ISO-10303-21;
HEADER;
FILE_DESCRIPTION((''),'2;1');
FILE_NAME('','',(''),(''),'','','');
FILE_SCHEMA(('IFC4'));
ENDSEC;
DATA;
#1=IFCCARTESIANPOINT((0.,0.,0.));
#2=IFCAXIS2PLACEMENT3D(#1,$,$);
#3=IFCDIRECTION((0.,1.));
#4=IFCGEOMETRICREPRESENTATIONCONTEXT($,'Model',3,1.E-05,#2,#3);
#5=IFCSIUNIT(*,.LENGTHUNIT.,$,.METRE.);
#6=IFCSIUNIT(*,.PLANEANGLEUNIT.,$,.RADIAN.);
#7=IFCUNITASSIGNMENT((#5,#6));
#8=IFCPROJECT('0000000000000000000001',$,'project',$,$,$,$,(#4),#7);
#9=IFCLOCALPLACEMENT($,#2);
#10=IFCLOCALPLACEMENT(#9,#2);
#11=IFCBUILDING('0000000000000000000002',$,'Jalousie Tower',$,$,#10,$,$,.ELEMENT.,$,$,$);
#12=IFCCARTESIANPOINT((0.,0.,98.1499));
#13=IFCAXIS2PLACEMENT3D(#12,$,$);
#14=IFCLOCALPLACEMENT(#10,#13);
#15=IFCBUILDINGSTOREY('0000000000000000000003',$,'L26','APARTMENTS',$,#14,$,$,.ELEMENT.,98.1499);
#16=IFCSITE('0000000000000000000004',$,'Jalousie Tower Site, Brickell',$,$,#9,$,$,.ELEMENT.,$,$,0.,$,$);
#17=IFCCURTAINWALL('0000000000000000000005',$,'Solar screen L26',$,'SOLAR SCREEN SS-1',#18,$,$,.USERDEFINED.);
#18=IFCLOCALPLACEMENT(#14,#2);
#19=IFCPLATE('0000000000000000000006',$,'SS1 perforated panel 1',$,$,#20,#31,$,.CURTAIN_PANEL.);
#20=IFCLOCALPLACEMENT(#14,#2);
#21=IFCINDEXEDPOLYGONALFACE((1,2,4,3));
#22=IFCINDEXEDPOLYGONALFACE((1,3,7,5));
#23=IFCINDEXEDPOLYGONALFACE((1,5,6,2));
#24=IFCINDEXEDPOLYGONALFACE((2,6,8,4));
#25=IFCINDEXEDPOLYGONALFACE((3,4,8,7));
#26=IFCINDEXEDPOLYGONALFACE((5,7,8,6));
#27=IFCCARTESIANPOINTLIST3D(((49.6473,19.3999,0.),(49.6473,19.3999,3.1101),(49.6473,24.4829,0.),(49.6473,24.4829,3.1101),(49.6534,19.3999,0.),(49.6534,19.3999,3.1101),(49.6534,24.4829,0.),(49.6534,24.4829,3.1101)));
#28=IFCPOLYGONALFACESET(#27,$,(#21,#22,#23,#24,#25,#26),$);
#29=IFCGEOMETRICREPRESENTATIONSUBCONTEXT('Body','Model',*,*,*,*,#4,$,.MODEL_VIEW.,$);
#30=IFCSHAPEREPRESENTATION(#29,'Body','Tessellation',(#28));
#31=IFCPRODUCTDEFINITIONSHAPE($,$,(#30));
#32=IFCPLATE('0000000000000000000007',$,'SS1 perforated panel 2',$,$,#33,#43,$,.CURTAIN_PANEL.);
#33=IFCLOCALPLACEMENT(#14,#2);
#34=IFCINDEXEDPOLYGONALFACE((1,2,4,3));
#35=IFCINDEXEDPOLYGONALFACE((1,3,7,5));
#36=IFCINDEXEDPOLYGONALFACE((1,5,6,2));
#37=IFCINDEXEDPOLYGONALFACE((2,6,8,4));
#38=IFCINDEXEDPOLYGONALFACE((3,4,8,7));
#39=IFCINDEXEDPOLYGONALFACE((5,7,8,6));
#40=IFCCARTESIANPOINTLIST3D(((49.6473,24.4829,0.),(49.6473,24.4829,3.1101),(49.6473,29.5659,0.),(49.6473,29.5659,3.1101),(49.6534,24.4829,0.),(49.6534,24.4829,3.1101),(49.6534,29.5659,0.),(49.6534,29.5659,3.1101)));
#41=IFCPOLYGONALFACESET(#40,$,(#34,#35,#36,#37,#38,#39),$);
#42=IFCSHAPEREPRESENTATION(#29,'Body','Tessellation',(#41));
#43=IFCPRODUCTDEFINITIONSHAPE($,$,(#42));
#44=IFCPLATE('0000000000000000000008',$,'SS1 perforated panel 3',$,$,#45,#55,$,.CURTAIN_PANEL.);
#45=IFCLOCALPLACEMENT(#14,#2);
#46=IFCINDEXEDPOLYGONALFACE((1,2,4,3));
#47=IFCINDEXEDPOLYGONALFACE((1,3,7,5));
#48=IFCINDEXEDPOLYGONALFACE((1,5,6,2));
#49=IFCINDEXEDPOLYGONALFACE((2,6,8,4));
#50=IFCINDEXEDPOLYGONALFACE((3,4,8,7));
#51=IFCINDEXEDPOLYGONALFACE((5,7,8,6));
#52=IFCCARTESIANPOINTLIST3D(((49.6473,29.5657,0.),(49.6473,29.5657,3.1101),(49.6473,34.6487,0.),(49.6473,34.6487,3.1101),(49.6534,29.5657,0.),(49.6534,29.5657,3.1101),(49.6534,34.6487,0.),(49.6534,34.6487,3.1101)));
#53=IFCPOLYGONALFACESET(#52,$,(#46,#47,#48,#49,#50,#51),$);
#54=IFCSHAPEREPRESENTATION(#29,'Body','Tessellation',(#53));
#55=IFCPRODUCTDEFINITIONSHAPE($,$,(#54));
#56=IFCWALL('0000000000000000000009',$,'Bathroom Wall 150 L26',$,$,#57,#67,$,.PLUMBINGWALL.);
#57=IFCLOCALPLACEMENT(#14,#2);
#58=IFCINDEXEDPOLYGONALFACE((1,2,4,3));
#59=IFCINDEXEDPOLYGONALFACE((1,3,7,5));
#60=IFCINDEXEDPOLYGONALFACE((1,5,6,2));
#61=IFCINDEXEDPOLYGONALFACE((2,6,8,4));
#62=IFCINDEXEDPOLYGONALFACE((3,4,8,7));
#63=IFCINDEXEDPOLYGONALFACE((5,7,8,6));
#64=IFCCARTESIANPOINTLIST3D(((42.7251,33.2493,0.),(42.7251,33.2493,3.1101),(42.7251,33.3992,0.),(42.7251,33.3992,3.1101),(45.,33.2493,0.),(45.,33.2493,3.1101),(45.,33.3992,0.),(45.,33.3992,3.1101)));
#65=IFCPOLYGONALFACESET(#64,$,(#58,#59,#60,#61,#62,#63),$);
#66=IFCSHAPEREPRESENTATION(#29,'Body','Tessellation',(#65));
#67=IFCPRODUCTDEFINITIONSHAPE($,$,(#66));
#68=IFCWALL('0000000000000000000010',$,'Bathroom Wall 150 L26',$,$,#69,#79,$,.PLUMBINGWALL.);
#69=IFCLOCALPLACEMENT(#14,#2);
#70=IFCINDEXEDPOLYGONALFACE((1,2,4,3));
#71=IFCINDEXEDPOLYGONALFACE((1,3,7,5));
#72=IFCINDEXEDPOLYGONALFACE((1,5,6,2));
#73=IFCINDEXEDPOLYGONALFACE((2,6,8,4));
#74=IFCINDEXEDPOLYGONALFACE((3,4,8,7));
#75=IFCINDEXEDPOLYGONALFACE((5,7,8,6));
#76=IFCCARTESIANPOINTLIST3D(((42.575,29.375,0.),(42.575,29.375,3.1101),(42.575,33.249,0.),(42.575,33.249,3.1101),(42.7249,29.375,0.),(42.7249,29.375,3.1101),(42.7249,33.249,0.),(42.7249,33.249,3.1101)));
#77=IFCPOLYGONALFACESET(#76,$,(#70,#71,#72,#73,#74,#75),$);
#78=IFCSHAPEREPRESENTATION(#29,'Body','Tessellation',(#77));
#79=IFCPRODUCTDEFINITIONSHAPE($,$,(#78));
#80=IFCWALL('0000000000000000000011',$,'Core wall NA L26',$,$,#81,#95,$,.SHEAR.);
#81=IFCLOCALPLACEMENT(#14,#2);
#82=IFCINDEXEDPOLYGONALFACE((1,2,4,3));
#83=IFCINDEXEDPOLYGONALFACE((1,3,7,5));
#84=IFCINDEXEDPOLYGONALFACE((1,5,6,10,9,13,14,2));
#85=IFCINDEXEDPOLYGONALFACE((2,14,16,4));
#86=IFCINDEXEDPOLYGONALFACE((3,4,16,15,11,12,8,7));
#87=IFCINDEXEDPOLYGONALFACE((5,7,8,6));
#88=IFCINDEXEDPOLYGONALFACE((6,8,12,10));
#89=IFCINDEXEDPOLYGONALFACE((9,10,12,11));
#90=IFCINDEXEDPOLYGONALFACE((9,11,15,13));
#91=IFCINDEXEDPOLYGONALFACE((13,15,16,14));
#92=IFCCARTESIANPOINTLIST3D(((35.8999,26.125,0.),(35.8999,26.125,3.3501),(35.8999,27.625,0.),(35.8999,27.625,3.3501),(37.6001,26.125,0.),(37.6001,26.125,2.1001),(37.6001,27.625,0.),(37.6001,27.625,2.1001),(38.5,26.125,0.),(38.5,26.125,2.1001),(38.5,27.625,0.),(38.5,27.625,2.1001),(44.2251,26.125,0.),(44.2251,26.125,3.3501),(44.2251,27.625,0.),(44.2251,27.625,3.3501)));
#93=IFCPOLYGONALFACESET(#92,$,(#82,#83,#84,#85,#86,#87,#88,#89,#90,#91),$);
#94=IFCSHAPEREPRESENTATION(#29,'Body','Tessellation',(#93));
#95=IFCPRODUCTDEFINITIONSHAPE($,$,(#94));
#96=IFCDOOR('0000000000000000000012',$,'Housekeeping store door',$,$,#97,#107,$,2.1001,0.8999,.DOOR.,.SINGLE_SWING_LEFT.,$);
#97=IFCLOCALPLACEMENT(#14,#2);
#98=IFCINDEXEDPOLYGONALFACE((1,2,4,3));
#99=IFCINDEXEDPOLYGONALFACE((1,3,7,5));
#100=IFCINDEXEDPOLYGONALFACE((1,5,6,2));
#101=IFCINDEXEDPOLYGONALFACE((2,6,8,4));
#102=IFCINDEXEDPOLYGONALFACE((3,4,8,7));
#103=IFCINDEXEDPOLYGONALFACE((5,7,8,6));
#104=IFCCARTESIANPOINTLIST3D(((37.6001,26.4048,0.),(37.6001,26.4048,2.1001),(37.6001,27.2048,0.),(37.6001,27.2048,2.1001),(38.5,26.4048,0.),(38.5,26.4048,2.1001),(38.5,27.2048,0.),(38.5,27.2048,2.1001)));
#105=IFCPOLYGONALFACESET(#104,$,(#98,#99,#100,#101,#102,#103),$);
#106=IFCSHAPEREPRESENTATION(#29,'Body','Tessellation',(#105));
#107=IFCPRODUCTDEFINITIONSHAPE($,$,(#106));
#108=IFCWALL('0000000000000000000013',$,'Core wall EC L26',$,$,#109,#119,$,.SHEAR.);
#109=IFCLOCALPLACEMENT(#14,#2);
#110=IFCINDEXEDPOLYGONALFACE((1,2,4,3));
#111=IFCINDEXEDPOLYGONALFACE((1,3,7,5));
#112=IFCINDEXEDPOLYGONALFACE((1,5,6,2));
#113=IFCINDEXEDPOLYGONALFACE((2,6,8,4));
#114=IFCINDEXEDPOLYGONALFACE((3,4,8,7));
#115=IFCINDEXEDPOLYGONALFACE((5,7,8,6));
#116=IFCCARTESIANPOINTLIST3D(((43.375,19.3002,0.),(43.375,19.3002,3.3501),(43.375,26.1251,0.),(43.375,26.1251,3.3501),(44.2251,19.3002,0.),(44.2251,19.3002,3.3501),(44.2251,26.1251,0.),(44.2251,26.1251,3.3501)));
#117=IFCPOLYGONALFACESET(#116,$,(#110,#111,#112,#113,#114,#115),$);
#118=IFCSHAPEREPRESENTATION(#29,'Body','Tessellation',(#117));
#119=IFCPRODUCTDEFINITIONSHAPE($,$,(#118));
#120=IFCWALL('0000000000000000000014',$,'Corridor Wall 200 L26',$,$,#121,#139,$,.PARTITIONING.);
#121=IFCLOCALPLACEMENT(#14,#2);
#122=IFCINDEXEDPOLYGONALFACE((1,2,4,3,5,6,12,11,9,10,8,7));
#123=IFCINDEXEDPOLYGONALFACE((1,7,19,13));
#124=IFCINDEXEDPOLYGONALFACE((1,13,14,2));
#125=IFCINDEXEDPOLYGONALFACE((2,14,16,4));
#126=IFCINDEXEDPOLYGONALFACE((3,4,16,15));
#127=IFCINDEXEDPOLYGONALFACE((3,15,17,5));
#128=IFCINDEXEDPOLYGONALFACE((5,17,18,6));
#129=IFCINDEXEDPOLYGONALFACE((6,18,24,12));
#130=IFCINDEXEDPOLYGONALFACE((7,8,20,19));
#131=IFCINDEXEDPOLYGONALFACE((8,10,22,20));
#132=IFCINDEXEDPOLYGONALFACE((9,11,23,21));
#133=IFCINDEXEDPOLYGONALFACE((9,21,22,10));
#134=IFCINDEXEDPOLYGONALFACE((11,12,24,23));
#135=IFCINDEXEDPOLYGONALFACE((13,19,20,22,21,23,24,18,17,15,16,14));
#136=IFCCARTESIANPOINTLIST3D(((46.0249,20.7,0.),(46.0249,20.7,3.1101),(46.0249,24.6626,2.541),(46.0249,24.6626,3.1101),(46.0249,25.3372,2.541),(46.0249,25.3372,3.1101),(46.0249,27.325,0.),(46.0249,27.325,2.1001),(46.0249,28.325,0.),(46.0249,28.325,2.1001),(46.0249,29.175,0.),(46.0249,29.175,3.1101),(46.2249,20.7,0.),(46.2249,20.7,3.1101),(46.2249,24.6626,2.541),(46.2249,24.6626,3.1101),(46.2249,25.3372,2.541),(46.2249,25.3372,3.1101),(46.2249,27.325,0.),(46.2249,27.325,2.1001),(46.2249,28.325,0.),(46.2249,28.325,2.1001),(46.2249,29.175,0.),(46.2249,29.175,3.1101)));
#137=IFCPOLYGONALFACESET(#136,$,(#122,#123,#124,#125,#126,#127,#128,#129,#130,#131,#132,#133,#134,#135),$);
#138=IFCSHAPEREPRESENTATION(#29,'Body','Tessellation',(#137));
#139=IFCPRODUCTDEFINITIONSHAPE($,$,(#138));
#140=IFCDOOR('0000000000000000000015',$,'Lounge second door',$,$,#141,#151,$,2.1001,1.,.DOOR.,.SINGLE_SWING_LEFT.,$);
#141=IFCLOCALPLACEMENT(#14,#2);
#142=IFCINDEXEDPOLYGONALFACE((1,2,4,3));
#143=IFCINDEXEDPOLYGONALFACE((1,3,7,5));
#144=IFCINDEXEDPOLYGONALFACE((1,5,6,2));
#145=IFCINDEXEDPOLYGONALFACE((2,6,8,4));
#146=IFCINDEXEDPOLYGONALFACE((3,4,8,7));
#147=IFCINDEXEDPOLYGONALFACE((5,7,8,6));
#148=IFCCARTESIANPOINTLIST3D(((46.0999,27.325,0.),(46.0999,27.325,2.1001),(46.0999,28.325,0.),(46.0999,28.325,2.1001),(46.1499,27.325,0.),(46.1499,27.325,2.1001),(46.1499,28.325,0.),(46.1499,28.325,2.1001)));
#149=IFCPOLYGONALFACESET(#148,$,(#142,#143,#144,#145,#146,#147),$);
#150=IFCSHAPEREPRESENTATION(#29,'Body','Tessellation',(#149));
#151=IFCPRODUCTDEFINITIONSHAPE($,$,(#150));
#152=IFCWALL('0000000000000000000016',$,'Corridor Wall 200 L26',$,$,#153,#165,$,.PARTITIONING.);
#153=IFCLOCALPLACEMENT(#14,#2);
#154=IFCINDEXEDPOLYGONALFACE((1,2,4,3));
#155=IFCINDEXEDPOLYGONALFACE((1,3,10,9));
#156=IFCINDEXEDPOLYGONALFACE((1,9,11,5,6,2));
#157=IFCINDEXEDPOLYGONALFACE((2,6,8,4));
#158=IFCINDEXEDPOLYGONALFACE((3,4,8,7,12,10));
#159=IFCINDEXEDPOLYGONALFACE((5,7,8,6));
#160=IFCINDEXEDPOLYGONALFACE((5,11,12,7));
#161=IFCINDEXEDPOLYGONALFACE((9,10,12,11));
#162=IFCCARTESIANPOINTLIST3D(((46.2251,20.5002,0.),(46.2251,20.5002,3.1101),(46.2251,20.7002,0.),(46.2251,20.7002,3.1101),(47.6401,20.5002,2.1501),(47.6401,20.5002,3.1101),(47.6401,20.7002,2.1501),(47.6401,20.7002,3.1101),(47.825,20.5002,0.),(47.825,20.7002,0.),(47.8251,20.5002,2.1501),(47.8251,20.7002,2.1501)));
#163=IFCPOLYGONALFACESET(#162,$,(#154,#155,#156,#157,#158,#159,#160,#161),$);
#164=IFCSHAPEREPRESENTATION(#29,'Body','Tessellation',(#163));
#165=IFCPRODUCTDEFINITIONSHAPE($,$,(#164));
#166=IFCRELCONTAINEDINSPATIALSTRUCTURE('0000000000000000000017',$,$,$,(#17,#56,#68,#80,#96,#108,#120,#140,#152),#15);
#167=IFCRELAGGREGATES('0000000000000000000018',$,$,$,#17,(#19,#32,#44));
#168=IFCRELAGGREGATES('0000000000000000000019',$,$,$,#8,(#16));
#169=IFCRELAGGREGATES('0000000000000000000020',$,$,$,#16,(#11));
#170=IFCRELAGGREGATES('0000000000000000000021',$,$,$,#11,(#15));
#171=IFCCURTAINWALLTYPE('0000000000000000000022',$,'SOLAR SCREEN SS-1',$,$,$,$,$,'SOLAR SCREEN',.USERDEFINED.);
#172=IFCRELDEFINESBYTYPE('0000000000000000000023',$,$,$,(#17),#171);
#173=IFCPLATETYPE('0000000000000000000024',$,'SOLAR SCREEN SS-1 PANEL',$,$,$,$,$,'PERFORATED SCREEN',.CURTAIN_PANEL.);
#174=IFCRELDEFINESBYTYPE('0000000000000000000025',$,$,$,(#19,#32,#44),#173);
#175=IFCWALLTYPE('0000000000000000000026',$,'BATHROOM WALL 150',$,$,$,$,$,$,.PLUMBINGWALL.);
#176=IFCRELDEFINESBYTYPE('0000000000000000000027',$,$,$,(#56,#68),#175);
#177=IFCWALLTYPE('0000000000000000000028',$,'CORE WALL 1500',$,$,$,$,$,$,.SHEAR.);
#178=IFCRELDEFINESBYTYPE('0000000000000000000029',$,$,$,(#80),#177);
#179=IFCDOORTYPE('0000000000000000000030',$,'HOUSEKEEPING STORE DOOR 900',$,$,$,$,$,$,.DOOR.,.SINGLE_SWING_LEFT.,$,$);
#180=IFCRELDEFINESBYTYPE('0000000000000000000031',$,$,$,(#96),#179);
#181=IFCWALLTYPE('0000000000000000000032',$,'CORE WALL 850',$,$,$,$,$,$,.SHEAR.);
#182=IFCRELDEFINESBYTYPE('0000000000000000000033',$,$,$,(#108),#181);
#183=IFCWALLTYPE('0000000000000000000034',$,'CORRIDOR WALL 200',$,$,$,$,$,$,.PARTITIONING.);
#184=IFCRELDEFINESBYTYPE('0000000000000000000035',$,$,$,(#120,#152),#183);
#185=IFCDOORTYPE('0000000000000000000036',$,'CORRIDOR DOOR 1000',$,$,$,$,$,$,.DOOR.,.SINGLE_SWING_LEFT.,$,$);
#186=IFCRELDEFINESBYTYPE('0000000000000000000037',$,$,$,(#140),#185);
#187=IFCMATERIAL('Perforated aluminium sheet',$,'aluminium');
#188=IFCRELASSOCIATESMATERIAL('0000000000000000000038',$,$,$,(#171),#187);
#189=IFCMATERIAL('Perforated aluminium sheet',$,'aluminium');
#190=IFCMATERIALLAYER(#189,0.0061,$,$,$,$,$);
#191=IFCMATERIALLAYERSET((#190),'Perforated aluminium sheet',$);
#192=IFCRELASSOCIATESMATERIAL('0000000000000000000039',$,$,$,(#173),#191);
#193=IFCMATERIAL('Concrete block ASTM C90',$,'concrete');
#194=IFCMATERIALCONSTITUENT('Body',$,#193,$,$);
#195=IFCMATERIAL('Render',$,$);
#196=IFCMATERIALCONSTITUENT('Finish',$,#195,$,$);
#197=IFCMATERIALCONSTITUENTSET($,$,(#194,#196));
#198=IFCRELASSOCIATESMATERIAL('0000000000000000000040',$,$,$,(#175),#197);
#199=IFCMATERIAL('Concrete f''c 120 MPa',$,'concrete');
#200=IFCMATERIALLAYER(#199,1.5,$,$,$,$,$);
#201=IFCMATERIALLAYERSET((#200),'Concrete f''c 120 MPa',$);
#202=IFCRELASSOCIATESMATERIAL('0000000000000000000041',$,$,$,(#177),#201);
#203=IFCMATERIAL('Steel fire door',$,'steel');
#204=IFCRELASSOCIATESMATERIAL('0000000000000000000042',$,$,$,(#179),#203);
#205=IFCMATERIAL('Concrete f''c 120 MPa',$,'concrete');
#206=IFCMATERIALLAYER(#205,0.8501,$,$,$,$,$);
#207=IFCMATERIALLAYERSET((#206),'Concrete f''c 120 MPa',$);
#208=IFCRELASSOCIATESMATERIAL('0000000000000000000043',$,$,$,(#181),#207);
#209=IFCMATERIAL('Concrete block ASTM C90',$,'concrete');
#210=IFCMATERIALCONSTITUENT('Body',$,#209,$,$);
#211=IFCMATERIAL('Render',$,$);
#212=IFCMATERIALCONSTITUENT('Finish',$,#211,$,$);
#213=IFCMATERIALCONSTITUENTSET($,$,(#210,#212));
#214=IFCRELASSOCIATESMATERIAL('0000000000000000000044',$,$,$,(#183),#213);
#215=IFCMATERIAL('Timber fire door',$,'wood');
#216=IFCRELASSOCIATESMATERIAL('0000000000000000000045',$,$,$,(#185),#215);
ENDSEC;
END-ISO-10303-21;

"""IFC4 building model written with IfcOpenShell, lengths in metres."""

from ifc_helpers import new_model, si_unit, direction, frame, frame_2d, origin, origin_2d, place, context, subcontext, project, spatial, polyline, rectangle, outline, extrude, material, layer, layer_set, constituent, constituent_set, type_object, element, fill, aggregate, save


model = new_model("IFC4")

# Units and contexts
model_context = context("Model", 3, precision=1e-05, world=origin(), true_north=direction((0.0, 1.0)))
body_context = subcontext(model_context, "Body", "Model", "MODEL_VIEW")
ifc_project = project(units=[si_unit("LENGTHUNIT", "METRE"), si_unit("PLANEANGLEUNIT", "RADIAN")], contexts=[model_context])

# Site, building, storey
site_placement = place(None, origin())
site = spatial("IfcSite", under=ifc_project, at=site_placement, Name="Jalousie Tower Site, Brickell", CompositionType="ELEMENT", RefElevation=0.0)
building_placement = place(site_placement, origin())
building = spatial("IfcBuilding", under=site, at=building_placement, Name="Jalousie Tower", CompositionType="ELEMENT")
storey_placement = place(building_placement, frame((0.0, 0.0, 98.1499)))
storey = spatial("IfcBuildingStorey", under=building, at=storey_placement, Name="L26", Description="APARTMENTS", CompositionType="ELEMENT", Elevation=98.1499)

# Curtain wall, plates
ifc_material_1 = material(Name="Perforated aluminium sheet", Category="aluminium")
curtain_wall_type = type_object("IfcCurtainWallType", Name="SOLAR SCREEN SS-1", ElementType="SOLAR SCREEN", PredefinedType="USERDEFINED", material=ifc_material_1)
curtain_wall_placement = place(storey_placement, origin())
curtain_wall = element("IfcCurtainWall", 1, at=curtain_wall_placement, inside=storey, type_object=curtain_wall_type, Name="Solar screen L26", ObjectType="SOLAR SCREEN SS-1", PredefinedType="USERDEFINED")
ifc_material_2 = material(Name="Perforated aluminium sheet", Category="aluminium")
ifc_layer_1 = layer(ifc_material_2, 0.0061)
ifc_layer_set_1 = layer_set([ifc_layer_1], Name="Perforated aluminium sheet")
plate_type = type_object("IfcPlateType", Name="SOLAR SCREEN SS-1 PANEL", ElementType="PERFORATED SCREEN", PredefinedType="CURTAIN_PANEL", material=ifc_layer_set_1)
plate_1_placement = place(storey_placement, frame((49.6504, 21.9414, 0.0), z_axis=(0.0, 0.0, 1.0), x_axis=(0.0, 1.0, 0.0)))
plate_1 = element("IfcPlate", 2, at=plate_1_placement, type_object=plate_type, Name="SS1 perforated panel 1", PredefinedType="CURTAIN_PANEL", context=body_context, shape_type="SweptSolid", body=[
    extrude(rectangle(XDim=5.083, YDim=0.0061, at=origin_2d()), origin(), (0.0, 0.0, 1.0), 3.1101),
])
plate_2_placement = place(storey_placement, frame((49.6504, 27.0244, 0.0), z_axis=(0.0, 0.0, 1.0), x_axis=(0.0, 1.0, 0.0)))
plate_2 = element("IfcPlate", 3, at=plate_2_placement, type_object=plate_type, Name="SS1 perforated panel 2", PredefinedType="CURTAIN_PANEL", context=body_context, shape_type="SweptSolid", body=[
    extrude(rectangle(XDim=5.083, YDim=0.0061, at=origin_2d()), origin(), (0.0, 0.0, 1.0), 3.1101),
])
plate_3_placement = place(storey_placement, frame((49.6504, 32.1072, 0.0), z_axis=(0.0, 0.0, 1.0), x_axis=(0.0, 1.0, 0.0)))
plate_3 = element("IfcPlate", 4, at=plate_3_placement, type_object=plate_type, Name="SS1 perforated panel 3", PredefinedType="CURTAIN_PANEL", context=body_context, shape_type="SweptSolid", body=[
    extrude(rectangle(XDim=5.083, YDim=0.0061, at=origin_2d()), origin(), (0.0, 0.0, 1.0), 3.1101),
])
aggregate(curtain_wall, [plate_1, plate_2, plate_3])

# Walls
ifc_material_3 = material(Name="Concrete block ASTM C90", Category="concrete")
ifc_constituent_1 = constituent(ifc_material_3, Name="Body")
ifc_material_4 = material(Name="Render")
ifc_constituent_2 = constituent(ifc_material_4, Name="Finish")
ifc_constituent_set_1 = constituent_set(constituents=[ifc_constituent_1, ifc_constituent_2])
wall_type_1 = type_object("IfcWallType", Name="BATHROOM WALL 150", PredefinedType="PLUMBINGWALL", material=ifc_constituent_set_1)
wall_1_placement = place(storey_placement, frame((42.7251, 33.3242, 0.0), z_axis=(0.0, 0.0, 1.0), x_axis=(1.0, 0.0, 0.0)))
element("IfcWall", 5, at=wall_1_placement, inside=storey, type_object=wall_type_1, Name="Bathroom Wall 150 L26", PredefinedType="PLUMBINGWALL", context=body_context, shape_type="SweptSolid", body=[
    extrude(rectangle(XDim=2.2749, YDim=0.1499, at=frame_2d((1.1375, 0.0))), origin(), (0.0, 0.0, 1.0), 3.1101),
])
wall_2_placement = place(storey_placement, frame((42.6499, 33.249, 0.0), z_axis=(0.0, 0.0, 1.0), x_axis=(0.0, -1.0, 0.0)))
element("IfcWall", 6, at=wall_2_placement, inside=storey, type_object=wall_type_1, Name="Bathroom Wall 150 L26", PredefinedType="PLUMBINGWALL", context=body_context, shape_type="SweptSolid", body=[
    extrude(rectangle(XDim=3.874, YDim=0.1499, at=frame_2d((1.937, 0.0))), origin(), (0.0, 0.0, 1.0), 3.1101),
])

# Wall, opening, door
ifc_material_5 = material(Name="Concrete f'c 120 MPa", Category="concrete")
ifc_layer_2 = layer(ifc_material_5, 1.5)
ifc_layer_set_2 = layer_set([ifc_layer_2], Name="Concrete f'c 120 MPa")
wall_type_2 = type_object("IfcWallType", Name="CORE WALL 1500", PredefinedType="SHEAR", material=ifc_layer_set_2)
wall_3_placement = place(storey_placement, frame((44.2251, 26.875, 0.0), z_axis=(0.0, 0.0, 1.0), x_axis=(-1.0, 0.0, 0.0)))
wall_3 = element("IfcWall", 7, at=wall_3_placement, inside=storey, type_object=wall_type_2, Name="Core wall NA L26", PredefinedType="SHEAR", context=body_context, shape_type="SweptSolid", body=[
    extrude(rectangle(XDim=8.3252, YDim=1.5, at=frame_2d((4.1626, 0.0))), origin(), (0.0, 0.0, 1.0), 3.3501),
])
opening_1_placement = place(wall_3_placement, frame((5.7251, 0.0, 0.0)))
opening_1 = element("IfcOpeningElement", 8, at=opening_1_placement, cuts=wall_3, PredefinedType="OPENING", context=body_context, shape_type="SweptSolid", body=[
    extrude(rectangle(XDim=0.8999, YDim=2.1001, at=frame_2d((0.45, 1.05))), frame((0.0, 0.76, 0.0), z_axis=(0.0, -1.0, 0.0), x_axis=(1.0, 0.0, 0.0)), (0.0, 0.0, 1.0), 1.52),
])
ifc_material_6 = material(Name="Steel fire door", Category="steel")
door_type_1 = type_object("IfcDoorType", Name="HOUSEKEEPING STORE DOOR 900", OperationType="SINGLE_SWING_LEFT", PredefinedType="DOOR", material=ifc_material_6)
door_1_placement = place(opening_1_placement, origin())
door_1 = element("IfcDoor", 9, at=door_1_placement, inside=storey, type_object=door_type_1, Name="Housekeeping store door", OperationType="SINGLE_SWING_LEFT", OverallHeight=2.1001, OverallWidth=0.8999, PredefinedType="DOOR", context=body_context, shape_type="SweptSolid", body=[
    extrude(rectangle(XDim=0.8999, YDim=2.1001, at=frame_2d((0.45, 1.05))), frame((0.0, 0.4702, 0.0), z_axis=(0.0, -1.0, 0.0), x_axis=(1.0, 0.0, 0.0)), (0.0, 0.0, 1.0), 0.8),
])
fill(opening_1, door_1)

# Wall
ifc_material_7 = material(Name="Concrete f'c 120 MPa", Category="concrete")
ifc_layer_3 = layer(ifc_material_7, 0.8501)
ifc_layer_set_3 = layer_set([ifc_layer_3], Name="Concrete f'c 120 MPa")
wall_type_3 = type_object("IfcWallType", Name="CORE WALL 850", PredefinedType="SHEAR", material=ifc_layer_set_3)
wall_4_placement = place(storey_placement, frame((43.8, 19.3, 0.0), z_axis=(0.0, 0.0, 1.0), x_axis=(0.0, 1.0, 0.0)))
element("IfcWall", 10, at=wall_4_placement, inside=storey, type_object=wall_type_3, Name="Core wall EC L26", PredefinedType="SHEAR", context=body_context, shape_type="SweptSolid", body=[
    extrude(rectangle(XDim=6.825, YDim=0.8501, at=frame_2d((3.4126, 0.0))), origin(), (0.0, 0.0, 1.0), 3.3501),
])

# Wall, opening, door
ifc_material_8 = material(Name="Concrete block ASTM C90", Category="concrete")
ifc_constituent_3 = constituent(ifc_material_8, Name="Body")
ifc_material_9 = material(Name="Render")
ifc_constituent_4 = constituent(ifc_material_9, Name="Finish")
ifc_constituent_set_2 = constituent_set(constituents=[ifc_constituent_3, ifc_constituent_4])
wall_type_4 = type_object("IfcWallType", Name="CORRIDOR WALL 200", PredefinedType="PARTITIONING", material=ifc_constituent_set_2)
wall_5_placement = place(storey_placement, frame((46.125, 20.7, 0.0), z_axis=(0.0, 0.0, 1.0), x_axis=(0.0, 1.0, 0.0)))
wall_5 = element("IfcWall", 11, at=wall_5_placement, inside=storey, type_object=wall_type_4, Name="Corridor Wall 200 L26", PredefinedType="PARTITIONING", context=body_context, shape_type="SweptSolid", body=[
    extrude(outline(polyline([(0.0, 0.0), (8.4751, 0.0), (8.4751, 3.1101), (4.6372, 3.1101), (4.6372, 2.541), (3.9626, 2.541), (3.9626, 3.1101), (0.0, 3.1101), (0.0, 0.0)])), frame((0.0, 0.1001, 0.0), z_axis=(0.0, -1.0, 0.0), x_axis=(1.0, 0.0, 0.0)), (0.0, 0.0, 1.0), 0.2),
])
opening_2_placement = place(wall_5_placement, frame((6.625, 0.0, 0.0)))
opening_2 = element("IfcOpeningElement", 12, at=opening_2_placement, cuts=wall_5, PredefinedType="OPENING", context=body_context, shape_type="SweptSolid", body=[
    extrude(rectangle(XDim=1.0, YDim=2.1001, at=frame_2d((0.5, 1.05))), frame((0.0, 0.1099, 0.0), z_axis=(0.0, -1.0, 0.0), x_axis=(1.0, 0.0, 0.0)), (0.0, 0.0, 1.0), 0.22),
])
ifc_material_10 = material(Name="Timber fire door", Category="wood")
door_type_2 = type_object("IfcDoorType", Name="CORRIDOR DOOR 1000", OperationType="SINGLE_SWING_LEFT", PredefinedType="DOOR", material=ifc_material_10)
door_2_placement = place(opening_2_placement, frame((1.0, 0.0, 0.0), z_axis=(0.0, 0.0, 1.0), x_axis=(-1.0, 0.0, 0.0)))
door_2 = element("IfcDoor", 13, at=door_2_placement, inside=storey, type_object=door_type_2, Name="Lounge second door", OperationType="SINGLE_SWING_LEFT", OverallHeight=2.1001, OverallWidth=1.0, PredefinedType="DOOR", context=body_context, shape_type="SweptSolid", body=[
    extrude(rectangle(XDim=1.0, YDim=2.1001, at=frame_2d((0.5, 1.05))), frame((0.0, 0.0249, 0.0), z_axis=(0.0, -1.0, 0.0), x_axis=(1.0, 0.0, 0.0)), (0.0, 0.0, 1.0), 0.05),
])
fill(opening_2, door_2)

# Wall
wall_6_placement = place(storey_placement, frame((46.2251, 20.6001, 0.0), z_axis=(0.0, 0.0, 1.0), x_axis=(1.0, 0.0, 0.0)))
element("IfcWall", 14, at=wall_6_placement, inside=storey, type_object=wall_type_4, Name="Corridor Wall 200 L26", PredefinedType="PARTITIONING", context=body_context, shape_type="SweptSolid", body=[
    extrude(outline(polyline([(0.0, 0.0), (1.5999, 0.0), (1.6001, 3.1101), (1.6001, 2.1501), (1.415, 2.1501), (1.415, 3.1101), (0.0, 3.1101), (0.0, 0.0)])), frame((0.0, 0.1001, 0.0), z_axis=(0.0, -1.0, 0.0), x_axis=(1.0, 0.0, 0.0)), (0.0, 0.0, 1.0), 0.2),
])

save(model, "model.ifc")
